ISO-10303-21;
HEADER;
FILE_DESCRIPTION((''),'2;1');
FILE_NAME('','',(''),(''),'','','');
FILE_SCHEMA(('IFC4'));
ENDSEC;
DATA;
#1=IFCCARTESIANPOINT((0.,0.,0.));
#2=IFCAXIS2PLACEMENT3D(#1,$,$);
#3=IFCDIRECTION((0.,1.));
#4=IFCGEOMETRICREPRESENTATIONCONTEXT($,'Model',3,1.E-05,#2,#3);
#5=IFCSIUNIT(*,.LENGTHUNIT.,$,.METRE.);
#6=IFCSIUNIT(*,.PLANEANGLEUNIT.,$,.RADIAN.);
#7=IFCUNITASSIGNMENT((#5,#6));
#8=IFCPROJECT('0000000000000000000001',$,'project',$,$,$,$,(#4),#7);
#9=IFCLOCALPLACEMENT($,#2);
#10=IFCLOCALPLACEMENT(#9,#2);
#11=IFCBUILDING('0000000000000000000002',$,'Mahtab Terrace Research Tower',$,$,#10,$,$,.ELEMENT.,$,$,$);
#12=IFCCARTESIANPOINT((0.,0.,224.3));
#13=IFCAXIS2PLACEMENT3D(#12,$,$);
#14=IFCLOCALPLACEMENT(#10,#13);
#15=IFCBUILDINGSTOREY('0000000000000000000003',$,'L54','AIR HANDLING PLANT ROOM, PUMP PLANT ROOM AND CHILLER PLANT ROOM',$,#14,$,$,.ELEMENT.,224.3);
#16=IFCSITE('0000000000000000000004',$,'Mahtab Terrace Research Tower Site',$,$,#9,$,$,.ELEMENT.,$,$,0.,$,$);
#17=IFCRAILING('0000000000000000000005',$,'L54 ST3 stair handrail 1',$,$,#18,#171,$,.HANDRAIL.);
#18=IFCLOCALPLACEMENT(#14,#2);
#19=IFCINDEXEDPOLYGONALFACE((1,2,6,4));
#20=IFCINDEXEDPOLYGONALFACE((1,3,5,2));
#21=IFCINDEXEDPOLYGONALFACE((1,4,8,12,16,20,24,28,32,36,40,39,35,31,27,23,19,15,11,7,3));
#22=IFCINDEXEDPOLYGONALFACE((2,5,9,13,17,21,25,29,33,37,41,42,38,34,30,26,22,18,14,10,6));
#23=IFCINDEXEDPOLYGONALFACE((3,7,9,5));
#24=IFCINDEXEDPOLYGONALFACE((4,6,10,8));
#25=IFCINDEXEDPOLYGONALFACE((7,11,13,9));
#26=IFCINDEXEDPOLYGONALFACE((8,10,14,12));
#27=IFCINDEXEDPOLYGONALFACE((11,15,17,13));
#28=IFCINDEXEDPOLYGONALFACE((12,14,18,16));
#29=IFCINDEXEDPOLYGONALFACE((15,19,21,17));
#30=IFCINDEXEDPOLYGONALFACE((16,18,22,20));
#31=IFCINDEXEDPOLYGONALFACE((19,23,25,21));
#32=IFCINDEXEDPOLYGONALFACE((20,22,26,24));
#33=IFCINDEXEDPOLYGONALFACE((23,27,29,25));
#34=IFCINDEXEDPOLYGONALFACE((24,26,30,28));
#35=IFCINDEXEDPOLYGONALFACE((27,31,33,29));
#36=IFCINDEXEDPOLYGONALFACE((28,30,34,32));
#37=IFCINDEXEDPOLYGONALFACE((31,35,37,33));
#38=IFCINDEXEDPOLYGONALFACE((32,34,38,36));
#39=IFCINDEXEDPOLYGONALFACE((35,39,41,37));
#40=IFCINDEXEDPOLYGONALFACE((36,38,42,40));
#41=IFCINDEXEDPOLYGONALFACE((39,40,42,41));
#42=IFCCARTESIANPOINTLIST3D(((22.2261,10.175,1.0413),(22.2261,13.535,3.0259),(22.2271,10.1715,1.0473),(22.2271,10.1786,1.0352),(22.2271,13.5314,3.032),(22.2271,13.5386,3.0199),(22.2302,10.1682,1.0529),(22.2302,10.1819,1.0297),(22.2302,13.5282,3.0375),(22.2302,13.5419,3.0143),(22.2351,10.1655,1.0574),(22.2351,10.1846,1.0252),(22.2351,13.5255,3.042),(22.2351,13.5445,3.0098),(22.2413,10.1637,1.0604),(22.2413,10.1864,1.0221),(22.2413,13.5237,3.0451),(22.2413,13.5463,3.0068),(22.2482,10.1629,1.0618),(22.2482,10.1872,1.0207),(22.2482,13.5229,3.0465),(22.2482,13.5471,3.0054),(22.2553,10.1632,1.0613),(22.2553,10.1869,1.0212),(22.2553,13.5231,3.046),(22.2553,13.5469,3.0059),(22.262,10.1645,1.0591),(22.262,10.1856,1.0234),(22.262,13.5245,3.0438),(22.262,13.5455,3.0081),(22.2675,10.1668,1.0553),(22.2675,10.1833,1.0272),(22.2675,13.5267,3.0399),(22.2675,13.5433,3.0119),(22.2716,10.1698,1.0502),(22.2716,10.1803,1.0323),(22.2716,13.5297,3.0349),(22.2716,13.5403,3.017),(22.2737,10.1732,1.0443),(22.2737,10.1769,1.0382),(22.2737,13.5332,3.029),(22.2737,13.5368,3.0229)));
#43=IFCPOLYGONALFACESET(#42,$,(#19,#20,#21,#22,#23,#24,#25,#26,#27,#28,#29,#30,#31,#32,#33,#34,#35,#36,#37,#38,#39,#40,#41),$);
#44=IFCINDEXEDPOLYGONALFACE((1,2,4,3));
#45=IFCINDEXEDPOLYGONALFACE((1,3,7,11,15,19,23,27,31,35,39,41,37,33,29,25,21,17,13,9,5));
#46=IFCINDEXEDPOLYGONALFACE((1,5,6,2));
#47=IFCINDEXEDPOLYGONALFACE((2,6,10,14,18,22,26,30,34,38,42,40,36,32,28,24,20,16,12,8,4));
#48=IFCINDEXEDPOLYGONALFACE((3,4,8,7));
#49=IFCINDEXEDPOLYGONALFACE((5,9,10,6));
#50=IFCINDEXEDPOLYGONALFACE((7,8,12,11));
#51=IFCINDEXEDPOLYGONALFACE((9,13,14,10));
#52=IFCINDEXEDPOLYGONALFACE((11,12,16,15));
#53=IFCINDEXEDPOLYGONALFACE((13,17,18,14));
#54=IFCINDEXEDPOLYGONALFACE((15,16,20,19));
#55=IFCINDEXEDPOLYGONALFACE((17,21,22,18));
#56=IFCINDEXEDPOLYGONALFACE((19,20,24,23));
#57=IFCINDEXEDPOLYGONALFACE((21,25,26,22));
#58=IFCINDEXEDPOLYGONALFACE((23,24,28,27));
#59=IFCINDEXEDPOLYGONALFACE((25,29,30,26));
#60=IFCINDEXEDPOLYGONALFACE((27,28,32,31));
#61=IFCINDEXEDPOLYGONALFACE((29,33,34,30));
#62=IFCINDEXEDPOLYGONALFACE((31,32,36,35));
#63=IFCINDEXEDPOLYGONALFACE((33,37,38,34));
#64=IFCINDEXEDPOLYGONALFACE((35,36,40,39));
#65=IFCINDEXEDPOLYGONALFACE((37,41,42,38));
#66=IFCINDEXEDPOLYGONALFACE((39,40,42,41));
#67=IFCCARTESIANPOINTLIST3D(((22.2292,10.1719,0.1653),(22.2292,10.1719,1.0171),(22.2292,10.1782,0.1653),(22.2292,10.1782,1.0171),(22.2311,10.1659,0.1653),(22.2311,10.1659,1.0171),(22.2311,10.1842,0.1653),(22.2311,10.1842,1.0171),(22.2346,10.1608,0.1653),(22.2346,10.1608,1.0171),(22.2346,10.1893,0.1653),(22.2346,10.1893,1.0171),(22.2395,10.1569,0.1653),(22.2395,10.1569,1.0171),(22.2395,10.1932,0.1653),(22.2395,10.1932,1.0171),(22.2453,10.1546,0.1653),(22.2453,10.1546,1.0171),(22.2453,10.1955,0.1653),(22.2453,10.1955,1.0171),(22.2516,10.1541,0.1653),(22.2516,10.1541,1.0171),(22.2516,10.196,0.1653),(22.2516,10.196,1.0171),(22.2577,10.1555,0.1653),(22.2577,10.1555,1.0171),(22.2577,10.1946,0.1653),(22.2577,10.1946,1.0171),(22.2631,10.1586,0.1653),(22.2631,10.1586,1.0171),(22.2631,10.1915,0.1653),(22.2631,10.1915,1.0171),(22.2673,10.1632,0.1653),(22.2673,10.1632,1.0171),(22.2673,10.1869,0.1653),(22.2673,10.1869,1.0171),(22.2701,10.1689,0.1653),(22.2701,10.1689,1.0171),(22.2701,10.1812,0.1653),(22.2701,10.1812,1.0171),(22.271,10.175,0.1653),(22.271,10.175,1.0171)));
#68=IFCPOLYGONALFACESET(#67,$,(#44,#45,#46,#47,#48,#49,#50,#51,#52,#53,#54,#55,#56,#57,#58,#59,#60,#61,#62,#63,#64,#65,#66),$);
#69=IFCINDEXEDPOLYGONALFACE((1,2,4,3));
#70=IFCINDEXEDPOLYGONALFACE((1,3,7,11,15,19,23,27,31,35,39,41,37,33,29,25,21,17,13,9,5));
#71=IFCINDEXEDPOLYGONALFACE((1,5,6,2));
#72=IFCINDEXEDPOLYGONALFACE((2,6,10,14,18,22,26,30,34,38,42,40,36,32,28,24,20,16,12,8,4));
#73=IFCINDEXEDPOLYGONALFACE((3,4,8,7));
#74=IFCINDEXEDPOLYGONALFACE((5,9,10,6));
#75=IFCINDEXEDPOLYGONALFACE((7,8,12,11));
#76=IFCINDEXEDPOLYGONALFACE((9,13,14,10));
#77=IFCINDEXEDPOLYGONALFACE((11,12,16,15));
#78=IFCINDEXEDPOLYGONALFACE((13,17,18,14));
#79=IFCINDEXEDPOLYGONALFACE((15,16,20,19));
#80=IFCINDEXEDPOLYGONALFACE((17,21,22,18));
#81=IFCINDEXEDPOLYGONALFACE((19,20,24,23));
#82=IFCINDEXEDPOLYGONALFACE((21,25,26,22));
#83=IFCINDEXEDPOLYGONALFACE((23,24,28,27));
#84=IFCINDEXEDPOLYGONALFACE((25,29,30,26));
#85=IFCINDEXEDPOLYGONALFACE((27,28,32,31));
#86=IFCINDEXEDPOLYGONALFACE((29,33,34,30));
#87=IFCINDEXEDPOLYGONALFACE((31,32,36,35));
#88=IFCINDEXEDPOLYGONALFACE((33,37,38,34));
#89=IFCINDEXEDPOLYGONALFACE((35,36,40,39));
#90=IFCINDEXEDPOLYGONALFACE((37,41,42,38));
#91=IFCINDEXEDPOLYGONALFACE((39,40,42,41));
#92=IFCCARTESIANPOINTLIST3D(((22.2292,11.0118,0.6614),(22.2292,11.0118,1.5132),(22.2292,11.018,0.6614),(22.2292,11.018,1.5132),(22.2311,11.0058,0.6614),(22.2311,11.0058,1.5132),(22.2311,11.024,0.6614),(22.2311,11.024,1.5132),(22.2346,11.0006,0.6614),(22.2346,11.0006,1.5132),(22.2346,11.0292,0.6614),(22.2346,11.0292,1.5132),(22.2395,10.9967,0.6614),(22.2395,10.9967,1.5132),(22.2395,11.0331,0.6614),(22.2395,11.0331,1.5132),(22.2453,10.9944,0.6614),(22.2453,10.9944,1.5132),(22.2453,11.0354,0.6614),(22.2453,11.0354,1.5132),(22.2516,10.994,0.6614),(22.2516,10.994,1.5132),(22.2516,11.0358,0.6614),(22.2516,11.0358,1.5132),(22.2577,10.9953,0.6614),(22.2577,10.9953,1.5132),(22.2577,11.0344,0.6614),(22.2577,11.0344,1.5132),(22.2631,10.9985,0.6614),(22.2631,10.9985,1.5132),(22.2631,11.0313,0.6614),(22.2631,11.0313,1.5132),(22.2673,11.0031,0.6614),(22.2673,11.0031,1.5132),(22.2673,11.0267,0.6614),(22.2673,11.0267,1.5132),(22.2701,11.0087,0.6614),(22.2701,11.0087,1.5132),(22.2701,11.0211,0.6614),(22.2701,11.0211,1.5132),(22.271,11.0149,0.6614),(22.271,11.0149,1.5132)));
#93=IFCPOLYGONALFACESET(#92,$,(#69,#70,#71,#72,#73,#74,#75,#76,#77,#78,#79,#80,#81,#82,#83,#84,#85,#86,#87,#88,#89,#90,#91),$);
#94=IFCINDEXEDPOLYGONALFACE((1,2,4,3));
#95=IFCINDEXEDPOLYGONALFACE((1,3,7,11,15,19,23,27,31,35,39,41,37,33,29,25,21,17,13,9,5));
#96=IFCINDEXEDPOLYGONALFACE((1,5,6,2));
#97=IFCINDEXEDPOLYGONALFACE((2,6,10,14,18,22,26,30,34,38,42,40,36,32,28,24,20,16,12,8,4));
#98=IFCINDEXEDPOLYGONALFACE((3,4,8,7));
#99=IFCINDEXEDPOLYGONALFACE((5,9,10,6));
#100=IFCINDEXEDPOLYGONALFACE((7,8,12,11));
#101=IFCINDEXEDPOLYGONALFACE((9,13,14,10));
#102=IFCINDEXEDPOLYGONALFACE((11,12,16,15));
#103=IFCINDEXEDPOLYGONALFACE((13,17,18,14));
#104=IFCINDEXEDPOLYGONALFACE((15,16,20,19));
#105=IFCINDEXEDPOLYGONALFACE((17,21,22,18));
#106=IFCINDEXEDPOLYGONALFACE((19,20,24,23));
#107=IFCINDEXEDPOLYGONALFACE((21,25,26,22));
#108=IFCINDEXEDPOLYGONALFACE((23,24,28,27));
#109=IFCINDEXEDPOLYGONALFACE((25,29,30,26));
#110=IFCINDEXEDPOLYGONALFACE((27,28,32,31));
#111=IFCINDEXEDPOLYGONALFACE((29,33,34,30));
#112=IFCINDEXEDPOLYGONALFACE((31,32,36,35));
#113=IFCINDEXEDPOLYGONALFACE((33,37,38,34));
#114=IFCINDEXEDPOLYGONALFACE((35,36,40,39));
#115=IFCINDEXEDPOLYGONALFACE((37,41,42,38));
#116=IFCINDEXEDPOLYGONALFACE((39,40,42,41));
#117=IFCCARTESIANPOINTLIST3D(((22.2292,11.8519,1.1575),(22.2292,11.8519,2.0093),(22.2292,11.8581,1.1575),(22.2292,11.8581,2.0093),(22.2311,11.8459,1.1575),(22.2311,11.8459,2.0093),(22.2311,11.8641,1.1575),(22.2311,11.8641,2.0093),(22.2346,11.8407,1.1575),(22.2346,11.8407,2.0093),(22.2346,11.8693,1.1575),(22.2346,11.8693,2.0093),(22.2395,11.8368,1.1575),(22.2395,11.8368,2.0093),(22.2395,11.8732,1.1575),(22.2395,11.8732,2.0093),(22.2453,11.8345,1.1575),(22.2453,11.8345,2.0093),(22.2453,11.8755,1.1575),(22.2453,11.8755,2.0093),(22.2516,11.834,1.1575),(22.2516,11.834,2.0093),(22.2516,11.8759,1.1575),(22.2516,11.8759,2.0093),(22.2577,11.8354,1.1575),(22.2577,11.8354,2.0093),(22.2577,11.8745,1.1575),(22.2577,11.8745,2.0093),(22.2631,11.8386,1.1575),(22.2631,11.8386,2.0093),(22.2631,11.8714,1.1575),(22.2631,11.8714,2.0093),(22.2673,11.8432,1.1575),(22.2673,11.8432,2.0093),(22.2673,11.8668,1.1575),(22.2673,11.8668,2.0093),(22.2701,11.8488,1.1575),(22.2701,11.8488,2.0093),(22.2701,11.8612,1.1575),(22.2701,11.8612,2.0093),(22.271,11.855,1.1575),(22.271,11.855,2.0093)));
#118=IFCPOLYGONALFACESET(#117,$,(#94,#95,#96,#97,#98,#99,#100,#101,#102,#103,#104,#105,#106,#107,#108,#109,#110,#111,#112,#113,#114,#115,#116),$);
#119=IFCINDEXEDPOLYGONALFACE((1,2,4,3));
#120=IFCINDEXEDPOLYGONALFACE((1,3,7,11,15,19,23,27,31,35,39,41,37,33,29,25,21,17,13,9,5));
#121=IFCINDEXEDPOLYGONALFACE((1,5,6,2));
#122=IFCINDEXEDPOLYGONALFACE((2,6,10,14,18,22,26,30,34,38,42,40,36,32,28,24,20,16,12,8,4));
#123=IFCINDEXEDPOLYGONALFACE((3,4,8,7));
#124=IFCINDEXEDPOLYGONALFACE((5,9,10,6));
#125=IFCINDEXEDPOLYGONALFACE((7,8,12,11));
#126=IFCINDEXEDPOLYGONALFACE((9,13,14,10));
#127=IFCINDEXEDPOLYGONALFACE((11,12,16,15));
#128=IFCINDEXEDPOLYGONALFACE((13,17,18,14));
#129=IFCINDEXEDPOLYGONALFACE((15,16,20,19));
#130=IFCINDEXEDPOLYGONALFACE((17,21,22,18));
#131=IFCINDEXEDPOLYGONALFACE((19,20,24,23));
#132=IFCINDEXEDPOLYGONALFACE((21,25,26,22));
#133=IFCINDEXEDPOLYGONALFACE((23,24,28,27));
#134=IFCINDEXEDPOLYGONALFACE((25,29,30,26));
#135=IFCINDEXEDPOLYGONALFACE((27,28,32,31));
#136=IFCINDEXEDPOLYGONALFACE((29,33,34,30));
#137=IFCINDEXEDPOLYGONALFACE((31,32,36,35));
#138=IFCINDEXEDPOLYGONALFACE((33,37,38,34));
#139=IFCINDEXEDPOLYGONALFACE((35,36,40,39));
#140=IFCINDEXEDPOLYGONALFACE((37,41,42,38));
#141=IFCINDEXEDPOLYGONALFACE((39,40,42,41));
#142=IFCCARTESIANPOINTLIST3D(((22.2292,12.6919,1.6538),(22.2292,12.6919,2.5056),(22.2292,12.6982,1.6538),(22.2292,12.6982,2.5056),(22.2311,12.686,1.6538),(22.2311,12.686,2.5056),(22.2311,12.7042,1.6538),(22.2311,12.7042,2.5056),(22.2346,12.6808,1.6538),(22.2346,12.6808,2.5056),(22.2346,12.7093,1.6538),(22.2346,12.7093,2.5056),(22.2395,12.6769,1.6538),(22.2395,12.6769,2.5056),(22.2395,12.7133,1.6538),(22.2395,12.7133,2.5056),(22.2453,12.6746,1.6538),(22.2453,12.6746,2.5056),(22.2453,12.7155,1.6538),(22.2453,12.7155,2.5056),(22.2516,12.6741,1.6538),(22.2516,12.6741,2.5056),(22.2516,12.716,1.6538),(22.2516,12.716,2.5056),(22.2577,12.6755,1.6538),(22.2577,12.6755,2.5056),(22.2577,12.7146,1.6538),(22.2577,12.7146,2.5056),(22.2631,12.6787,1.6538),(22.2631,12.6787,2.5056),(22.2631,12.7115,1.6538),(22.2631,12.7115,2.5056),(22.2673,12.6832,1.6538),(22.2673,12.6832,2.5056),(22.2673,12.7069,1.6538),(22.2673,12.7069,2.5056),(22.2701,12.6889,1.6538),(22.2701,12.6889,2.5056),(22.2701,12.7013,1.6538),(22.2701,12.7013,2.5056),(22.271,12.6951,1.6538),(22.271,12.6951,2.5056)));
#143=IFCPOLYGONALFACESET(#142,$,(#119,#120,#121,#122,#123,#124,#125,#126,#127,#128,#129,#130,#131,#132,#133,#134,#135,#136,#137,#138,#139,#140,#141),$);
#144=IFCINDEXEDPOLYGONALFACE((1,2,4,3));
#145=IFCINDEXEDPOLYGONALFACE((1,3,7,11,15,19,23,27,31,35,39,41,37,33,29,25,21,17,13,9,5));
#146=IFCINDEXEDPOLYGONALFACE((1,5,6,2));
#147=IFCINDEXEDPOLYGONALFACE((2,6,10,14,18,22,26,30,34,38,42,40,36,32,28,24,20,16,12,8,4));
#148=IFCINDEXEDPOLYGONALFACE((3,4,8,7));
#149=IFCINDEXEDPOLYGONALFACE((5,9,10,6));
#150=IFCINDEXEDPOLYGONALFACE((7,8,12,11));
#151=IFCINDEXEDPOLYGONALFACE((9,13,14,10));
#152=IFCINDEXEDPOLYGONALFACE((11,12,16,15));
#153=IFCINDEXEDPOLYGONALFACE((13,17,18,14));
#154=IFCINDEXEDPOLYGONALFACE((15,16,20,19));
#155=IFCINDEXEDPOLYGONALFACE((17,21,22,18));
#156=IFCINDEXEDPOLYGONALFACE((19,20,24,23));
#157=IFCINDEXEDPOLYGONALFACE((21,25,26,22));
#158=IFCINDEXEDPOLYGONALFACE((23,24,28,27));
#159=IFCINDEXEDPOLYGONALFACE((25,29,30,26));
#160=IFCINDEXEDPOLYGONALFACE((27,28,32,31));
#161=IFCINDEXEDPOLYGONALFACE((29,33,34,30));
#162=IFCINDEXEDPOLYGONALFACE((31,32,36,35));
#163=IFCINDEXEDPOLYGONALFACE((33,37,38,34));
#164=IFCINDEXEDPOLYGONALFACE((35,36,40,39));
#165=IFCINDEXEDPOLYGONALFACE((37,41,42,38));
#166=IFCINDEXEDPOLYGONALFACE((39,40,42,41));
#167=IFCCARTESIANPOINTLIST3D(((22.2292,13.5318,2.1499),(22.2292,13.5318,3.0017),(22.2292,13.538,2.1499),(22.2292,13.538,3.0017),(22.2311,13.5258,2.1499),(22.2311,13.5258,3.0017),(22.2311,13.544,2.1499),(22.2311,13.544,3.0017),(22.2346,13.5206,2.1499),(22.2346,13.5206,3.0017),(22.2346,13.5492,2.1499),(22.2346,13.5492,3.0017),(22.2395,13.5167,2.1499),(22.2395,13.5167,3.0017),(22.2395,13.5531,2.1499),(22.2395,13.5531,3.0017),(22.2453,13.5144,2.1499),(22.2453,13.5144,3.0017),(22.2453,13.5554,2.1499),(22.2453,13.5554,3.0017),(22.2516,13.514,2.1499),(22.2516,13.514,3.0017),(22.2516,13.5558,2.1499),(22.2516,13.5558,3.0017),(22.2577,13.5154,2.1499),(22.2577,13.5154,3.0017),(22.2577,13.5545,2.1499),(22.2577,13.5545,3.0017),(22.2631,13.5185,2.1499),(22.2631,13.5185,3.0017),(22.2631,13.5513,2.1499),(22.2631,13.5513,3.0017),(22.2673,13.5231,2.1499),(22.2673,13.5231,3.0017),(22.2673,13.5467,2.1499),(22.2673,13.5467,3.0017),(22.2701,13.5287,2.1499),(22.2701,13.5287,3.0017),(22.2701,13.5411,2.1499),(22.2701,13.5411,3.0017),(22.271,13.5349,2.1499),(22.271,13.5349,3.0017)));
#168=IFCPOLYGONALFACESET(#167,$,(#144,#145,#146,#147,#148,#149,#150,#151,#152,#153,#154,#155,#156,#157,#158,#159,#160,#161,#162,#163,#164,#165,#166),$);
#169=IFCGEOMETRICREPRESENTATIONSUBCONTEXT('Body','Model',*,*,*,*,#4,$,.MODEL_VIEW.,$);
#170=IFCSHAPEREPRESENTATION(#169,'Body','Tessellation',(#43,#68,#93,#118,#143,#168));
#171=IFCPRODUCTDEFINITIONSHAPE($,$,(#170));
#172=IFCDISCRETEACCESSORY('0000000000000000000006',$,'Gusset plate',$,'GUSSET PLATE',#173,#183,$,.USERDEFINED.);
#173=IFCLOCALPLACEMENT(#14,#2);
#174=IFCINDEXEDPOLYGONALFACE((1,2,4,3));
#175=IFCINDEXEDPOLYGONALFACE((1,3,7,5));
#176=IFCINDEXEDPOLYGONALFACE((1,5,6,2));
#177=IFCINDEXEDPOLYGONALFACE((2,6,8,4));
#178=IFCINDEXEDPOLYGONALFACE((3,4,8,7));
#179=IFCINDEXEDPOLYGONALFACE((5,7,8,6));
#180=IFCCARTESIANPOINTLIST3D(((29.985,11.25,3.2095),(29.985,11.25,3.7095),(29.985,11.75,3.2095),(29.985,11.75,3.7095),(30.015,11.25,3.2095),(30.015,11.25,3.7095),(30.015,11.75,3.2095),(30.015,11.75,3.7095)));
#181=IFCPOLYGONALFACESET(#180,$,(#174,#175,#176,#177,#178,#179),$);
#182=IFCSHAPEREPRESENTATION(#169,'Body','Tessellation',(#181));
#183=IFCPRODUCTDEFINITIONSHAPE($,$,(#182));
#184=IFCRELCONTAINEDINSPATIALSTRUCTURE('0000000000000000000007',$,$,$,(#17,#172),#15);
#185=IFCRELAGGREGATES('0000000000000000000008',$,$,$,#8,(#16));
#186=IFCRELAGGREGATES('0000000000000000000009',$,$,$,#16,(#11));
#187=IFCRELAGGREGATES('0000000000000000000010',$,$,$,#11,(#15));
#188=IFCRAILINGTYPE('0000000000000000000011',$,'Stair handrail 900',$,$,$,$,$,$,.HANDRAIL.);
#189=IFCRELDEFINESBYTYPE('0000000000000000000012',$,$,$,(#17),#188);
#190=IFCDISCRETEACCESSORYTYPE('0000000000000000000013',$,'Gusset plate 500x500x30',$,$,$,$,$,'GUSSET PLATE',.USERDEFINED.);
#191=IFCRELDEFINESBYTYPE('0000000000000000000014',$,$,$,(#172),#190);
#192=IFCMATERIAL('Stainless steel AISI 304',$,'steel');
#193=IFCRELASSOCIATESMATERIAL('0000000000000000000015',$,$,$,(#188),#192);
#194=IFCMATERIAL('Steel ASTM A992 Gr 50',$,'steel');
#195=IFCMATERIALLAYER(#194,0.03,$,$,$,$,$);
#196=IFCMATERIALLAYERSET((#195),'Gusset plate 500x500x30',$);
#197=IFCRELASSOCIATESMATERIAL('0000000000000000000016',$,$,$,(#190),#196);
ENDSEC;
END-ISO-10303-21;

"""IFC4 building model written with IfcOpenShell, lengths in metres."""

from ifc_helpers import new_model, si_unit, direction, frame, origin, origin_2d, place, context, subcontext, project, spatial, rectangle, circle, extrude, material, layer, layer_set, type_object, element, save


model = new_model("IFC4")

# Units and contexts
model_context = context("Model", 3, precision=1e-05, world=origin(), true_north=direction((0.0, 1.0)))
body_context = subcontext(model_context, "Body", "Model", "MODEL_VIEW")
ifc_project = project(units=[si_unit("LENGTHUNIT", "METRE"), si_unit("PLANEANGLEUNIT", "RADIAN")], contexts=[model_context])

# Site, building, storey
site_placement = place(None, origin())
site = spatial("IfcSite", under=ifc_project, at=site_placement, Name="Mahtab Terrace Research Tower Site", CompositionType="ELEMENT", RefElevation=0.0)
building_placement = place(site_placement, origin())
building = spatial("IfcBuilding", under=site, at=building_placement, Name="Mahtab Terrace Research Tower", CompositionType="ELEMENT")
storey_placement = place(building_placement, frame((0.0, 0.0, 224.3)))
storey = spatial("IfcBuildingStorey", under=building, at=storey_placement, Name="L54", Description="AIR HANDLING PLANT ROOM, PUMP PLANT ROOM AND CHILLER PLANT ROOM", CompositionType="ELEMENT", Elevation=224.3)

# Shared definitions
ifc_material_1 = material(Name="Steel ASTM A992 Gr 50", Category="steel")

# Shared definitions
ifc_material_2 = material(Name="Stainless steel AISI 304", Category="steel")

# Railing
railing_type_1 = type_object("IfcRailingType", Name="Stair handrail 900", PredefinedType="HANDRAIL", material=ifc_material_2)
railing_1_placement = place(storey_placement, frame((22.25, 10.175, 0.1653)))
element("IfcRailing", 1, at=railing_1_placement, inside=storey, type_object=railing_type_1, Name="L54 ST3 stair handrail 1", PredefinedType="HANDRAIL", context=body_context, shape_type="SweptSolid", body=[
    extrude(circle(Radius=0.0239, at=origin_2d()), frame((0.0, 0.0, 0.876), z_axis=(0.0, 0.861011, 0.508586), x_axis=(-1.0, 0.0, 0.0)), (0.0, 0.0, 1.0), 3.9023),
    extrude(circle(Radius=0.021, at=origin_2d()), origin(), (0.0, 0.0, 1.0), 0.8518),
    extrude(circle(Radius=0.021, at=origin_2d()), frame((0.0, 0.8398, 0.4961)), (0.0, 0.0, 1.0), 0.8518),
    extrude(circle(Radius=0.021, at=origin_2d()), frame((0.0, 1.6799, 0.9922)), (0.0, 0.0, 1.0), 0.8518),
    extrude(circle(Radius=0.021, at=origin_2d()), frame((0.0, 2.52, 1.4885)), (0.0, 0.0, 1.0), 0.8518),
    extrude(circle(Radius=0.021, at=origin_2d()), frame((0.0, 3.3599, 1.9846)), (0.0, 0.0, 1.0), 0.8518),
])

# Discrete accessory
ifc_layer_1 = layer(ifc_material_1, 0.03)
ifc_layer_set_1 = layer_set([ifc_layer_1], Name="Gusset plate 500x500x30")
discrete_accessory_type = type_object("IfcDiscreteAccessoryType", Name="Gusset plate 500x500x30", ElementType="GUSSET PLATE", PredefinedType="USERDEFINED", material=ifc_layer_set_1)
discrete_accessory_placement = place(storey_placement, frame((30.0, 11.5, 3.2095), z_axis=(0.0, 0.0, 1.0), x_axis=(0.0, 1.0, 0.0)))
element("IfcDiscreteAccessory", 2, at=discrete_accessory_placement, inside=storey, type_object=discrete_accessory_type, Name="Gusset plate", ObjectType="GUSSET PLATE", PredefinedType="USERDEFINED", context=body_context, shape_type="SweptSolid", body=[
    extrude(rectangle(XDim=0.5, YDim=0.03, at=origin_2d()), origin(), (0.0, 0.0, 1.0), 0.5),
])

save(model, "model.ifc")
